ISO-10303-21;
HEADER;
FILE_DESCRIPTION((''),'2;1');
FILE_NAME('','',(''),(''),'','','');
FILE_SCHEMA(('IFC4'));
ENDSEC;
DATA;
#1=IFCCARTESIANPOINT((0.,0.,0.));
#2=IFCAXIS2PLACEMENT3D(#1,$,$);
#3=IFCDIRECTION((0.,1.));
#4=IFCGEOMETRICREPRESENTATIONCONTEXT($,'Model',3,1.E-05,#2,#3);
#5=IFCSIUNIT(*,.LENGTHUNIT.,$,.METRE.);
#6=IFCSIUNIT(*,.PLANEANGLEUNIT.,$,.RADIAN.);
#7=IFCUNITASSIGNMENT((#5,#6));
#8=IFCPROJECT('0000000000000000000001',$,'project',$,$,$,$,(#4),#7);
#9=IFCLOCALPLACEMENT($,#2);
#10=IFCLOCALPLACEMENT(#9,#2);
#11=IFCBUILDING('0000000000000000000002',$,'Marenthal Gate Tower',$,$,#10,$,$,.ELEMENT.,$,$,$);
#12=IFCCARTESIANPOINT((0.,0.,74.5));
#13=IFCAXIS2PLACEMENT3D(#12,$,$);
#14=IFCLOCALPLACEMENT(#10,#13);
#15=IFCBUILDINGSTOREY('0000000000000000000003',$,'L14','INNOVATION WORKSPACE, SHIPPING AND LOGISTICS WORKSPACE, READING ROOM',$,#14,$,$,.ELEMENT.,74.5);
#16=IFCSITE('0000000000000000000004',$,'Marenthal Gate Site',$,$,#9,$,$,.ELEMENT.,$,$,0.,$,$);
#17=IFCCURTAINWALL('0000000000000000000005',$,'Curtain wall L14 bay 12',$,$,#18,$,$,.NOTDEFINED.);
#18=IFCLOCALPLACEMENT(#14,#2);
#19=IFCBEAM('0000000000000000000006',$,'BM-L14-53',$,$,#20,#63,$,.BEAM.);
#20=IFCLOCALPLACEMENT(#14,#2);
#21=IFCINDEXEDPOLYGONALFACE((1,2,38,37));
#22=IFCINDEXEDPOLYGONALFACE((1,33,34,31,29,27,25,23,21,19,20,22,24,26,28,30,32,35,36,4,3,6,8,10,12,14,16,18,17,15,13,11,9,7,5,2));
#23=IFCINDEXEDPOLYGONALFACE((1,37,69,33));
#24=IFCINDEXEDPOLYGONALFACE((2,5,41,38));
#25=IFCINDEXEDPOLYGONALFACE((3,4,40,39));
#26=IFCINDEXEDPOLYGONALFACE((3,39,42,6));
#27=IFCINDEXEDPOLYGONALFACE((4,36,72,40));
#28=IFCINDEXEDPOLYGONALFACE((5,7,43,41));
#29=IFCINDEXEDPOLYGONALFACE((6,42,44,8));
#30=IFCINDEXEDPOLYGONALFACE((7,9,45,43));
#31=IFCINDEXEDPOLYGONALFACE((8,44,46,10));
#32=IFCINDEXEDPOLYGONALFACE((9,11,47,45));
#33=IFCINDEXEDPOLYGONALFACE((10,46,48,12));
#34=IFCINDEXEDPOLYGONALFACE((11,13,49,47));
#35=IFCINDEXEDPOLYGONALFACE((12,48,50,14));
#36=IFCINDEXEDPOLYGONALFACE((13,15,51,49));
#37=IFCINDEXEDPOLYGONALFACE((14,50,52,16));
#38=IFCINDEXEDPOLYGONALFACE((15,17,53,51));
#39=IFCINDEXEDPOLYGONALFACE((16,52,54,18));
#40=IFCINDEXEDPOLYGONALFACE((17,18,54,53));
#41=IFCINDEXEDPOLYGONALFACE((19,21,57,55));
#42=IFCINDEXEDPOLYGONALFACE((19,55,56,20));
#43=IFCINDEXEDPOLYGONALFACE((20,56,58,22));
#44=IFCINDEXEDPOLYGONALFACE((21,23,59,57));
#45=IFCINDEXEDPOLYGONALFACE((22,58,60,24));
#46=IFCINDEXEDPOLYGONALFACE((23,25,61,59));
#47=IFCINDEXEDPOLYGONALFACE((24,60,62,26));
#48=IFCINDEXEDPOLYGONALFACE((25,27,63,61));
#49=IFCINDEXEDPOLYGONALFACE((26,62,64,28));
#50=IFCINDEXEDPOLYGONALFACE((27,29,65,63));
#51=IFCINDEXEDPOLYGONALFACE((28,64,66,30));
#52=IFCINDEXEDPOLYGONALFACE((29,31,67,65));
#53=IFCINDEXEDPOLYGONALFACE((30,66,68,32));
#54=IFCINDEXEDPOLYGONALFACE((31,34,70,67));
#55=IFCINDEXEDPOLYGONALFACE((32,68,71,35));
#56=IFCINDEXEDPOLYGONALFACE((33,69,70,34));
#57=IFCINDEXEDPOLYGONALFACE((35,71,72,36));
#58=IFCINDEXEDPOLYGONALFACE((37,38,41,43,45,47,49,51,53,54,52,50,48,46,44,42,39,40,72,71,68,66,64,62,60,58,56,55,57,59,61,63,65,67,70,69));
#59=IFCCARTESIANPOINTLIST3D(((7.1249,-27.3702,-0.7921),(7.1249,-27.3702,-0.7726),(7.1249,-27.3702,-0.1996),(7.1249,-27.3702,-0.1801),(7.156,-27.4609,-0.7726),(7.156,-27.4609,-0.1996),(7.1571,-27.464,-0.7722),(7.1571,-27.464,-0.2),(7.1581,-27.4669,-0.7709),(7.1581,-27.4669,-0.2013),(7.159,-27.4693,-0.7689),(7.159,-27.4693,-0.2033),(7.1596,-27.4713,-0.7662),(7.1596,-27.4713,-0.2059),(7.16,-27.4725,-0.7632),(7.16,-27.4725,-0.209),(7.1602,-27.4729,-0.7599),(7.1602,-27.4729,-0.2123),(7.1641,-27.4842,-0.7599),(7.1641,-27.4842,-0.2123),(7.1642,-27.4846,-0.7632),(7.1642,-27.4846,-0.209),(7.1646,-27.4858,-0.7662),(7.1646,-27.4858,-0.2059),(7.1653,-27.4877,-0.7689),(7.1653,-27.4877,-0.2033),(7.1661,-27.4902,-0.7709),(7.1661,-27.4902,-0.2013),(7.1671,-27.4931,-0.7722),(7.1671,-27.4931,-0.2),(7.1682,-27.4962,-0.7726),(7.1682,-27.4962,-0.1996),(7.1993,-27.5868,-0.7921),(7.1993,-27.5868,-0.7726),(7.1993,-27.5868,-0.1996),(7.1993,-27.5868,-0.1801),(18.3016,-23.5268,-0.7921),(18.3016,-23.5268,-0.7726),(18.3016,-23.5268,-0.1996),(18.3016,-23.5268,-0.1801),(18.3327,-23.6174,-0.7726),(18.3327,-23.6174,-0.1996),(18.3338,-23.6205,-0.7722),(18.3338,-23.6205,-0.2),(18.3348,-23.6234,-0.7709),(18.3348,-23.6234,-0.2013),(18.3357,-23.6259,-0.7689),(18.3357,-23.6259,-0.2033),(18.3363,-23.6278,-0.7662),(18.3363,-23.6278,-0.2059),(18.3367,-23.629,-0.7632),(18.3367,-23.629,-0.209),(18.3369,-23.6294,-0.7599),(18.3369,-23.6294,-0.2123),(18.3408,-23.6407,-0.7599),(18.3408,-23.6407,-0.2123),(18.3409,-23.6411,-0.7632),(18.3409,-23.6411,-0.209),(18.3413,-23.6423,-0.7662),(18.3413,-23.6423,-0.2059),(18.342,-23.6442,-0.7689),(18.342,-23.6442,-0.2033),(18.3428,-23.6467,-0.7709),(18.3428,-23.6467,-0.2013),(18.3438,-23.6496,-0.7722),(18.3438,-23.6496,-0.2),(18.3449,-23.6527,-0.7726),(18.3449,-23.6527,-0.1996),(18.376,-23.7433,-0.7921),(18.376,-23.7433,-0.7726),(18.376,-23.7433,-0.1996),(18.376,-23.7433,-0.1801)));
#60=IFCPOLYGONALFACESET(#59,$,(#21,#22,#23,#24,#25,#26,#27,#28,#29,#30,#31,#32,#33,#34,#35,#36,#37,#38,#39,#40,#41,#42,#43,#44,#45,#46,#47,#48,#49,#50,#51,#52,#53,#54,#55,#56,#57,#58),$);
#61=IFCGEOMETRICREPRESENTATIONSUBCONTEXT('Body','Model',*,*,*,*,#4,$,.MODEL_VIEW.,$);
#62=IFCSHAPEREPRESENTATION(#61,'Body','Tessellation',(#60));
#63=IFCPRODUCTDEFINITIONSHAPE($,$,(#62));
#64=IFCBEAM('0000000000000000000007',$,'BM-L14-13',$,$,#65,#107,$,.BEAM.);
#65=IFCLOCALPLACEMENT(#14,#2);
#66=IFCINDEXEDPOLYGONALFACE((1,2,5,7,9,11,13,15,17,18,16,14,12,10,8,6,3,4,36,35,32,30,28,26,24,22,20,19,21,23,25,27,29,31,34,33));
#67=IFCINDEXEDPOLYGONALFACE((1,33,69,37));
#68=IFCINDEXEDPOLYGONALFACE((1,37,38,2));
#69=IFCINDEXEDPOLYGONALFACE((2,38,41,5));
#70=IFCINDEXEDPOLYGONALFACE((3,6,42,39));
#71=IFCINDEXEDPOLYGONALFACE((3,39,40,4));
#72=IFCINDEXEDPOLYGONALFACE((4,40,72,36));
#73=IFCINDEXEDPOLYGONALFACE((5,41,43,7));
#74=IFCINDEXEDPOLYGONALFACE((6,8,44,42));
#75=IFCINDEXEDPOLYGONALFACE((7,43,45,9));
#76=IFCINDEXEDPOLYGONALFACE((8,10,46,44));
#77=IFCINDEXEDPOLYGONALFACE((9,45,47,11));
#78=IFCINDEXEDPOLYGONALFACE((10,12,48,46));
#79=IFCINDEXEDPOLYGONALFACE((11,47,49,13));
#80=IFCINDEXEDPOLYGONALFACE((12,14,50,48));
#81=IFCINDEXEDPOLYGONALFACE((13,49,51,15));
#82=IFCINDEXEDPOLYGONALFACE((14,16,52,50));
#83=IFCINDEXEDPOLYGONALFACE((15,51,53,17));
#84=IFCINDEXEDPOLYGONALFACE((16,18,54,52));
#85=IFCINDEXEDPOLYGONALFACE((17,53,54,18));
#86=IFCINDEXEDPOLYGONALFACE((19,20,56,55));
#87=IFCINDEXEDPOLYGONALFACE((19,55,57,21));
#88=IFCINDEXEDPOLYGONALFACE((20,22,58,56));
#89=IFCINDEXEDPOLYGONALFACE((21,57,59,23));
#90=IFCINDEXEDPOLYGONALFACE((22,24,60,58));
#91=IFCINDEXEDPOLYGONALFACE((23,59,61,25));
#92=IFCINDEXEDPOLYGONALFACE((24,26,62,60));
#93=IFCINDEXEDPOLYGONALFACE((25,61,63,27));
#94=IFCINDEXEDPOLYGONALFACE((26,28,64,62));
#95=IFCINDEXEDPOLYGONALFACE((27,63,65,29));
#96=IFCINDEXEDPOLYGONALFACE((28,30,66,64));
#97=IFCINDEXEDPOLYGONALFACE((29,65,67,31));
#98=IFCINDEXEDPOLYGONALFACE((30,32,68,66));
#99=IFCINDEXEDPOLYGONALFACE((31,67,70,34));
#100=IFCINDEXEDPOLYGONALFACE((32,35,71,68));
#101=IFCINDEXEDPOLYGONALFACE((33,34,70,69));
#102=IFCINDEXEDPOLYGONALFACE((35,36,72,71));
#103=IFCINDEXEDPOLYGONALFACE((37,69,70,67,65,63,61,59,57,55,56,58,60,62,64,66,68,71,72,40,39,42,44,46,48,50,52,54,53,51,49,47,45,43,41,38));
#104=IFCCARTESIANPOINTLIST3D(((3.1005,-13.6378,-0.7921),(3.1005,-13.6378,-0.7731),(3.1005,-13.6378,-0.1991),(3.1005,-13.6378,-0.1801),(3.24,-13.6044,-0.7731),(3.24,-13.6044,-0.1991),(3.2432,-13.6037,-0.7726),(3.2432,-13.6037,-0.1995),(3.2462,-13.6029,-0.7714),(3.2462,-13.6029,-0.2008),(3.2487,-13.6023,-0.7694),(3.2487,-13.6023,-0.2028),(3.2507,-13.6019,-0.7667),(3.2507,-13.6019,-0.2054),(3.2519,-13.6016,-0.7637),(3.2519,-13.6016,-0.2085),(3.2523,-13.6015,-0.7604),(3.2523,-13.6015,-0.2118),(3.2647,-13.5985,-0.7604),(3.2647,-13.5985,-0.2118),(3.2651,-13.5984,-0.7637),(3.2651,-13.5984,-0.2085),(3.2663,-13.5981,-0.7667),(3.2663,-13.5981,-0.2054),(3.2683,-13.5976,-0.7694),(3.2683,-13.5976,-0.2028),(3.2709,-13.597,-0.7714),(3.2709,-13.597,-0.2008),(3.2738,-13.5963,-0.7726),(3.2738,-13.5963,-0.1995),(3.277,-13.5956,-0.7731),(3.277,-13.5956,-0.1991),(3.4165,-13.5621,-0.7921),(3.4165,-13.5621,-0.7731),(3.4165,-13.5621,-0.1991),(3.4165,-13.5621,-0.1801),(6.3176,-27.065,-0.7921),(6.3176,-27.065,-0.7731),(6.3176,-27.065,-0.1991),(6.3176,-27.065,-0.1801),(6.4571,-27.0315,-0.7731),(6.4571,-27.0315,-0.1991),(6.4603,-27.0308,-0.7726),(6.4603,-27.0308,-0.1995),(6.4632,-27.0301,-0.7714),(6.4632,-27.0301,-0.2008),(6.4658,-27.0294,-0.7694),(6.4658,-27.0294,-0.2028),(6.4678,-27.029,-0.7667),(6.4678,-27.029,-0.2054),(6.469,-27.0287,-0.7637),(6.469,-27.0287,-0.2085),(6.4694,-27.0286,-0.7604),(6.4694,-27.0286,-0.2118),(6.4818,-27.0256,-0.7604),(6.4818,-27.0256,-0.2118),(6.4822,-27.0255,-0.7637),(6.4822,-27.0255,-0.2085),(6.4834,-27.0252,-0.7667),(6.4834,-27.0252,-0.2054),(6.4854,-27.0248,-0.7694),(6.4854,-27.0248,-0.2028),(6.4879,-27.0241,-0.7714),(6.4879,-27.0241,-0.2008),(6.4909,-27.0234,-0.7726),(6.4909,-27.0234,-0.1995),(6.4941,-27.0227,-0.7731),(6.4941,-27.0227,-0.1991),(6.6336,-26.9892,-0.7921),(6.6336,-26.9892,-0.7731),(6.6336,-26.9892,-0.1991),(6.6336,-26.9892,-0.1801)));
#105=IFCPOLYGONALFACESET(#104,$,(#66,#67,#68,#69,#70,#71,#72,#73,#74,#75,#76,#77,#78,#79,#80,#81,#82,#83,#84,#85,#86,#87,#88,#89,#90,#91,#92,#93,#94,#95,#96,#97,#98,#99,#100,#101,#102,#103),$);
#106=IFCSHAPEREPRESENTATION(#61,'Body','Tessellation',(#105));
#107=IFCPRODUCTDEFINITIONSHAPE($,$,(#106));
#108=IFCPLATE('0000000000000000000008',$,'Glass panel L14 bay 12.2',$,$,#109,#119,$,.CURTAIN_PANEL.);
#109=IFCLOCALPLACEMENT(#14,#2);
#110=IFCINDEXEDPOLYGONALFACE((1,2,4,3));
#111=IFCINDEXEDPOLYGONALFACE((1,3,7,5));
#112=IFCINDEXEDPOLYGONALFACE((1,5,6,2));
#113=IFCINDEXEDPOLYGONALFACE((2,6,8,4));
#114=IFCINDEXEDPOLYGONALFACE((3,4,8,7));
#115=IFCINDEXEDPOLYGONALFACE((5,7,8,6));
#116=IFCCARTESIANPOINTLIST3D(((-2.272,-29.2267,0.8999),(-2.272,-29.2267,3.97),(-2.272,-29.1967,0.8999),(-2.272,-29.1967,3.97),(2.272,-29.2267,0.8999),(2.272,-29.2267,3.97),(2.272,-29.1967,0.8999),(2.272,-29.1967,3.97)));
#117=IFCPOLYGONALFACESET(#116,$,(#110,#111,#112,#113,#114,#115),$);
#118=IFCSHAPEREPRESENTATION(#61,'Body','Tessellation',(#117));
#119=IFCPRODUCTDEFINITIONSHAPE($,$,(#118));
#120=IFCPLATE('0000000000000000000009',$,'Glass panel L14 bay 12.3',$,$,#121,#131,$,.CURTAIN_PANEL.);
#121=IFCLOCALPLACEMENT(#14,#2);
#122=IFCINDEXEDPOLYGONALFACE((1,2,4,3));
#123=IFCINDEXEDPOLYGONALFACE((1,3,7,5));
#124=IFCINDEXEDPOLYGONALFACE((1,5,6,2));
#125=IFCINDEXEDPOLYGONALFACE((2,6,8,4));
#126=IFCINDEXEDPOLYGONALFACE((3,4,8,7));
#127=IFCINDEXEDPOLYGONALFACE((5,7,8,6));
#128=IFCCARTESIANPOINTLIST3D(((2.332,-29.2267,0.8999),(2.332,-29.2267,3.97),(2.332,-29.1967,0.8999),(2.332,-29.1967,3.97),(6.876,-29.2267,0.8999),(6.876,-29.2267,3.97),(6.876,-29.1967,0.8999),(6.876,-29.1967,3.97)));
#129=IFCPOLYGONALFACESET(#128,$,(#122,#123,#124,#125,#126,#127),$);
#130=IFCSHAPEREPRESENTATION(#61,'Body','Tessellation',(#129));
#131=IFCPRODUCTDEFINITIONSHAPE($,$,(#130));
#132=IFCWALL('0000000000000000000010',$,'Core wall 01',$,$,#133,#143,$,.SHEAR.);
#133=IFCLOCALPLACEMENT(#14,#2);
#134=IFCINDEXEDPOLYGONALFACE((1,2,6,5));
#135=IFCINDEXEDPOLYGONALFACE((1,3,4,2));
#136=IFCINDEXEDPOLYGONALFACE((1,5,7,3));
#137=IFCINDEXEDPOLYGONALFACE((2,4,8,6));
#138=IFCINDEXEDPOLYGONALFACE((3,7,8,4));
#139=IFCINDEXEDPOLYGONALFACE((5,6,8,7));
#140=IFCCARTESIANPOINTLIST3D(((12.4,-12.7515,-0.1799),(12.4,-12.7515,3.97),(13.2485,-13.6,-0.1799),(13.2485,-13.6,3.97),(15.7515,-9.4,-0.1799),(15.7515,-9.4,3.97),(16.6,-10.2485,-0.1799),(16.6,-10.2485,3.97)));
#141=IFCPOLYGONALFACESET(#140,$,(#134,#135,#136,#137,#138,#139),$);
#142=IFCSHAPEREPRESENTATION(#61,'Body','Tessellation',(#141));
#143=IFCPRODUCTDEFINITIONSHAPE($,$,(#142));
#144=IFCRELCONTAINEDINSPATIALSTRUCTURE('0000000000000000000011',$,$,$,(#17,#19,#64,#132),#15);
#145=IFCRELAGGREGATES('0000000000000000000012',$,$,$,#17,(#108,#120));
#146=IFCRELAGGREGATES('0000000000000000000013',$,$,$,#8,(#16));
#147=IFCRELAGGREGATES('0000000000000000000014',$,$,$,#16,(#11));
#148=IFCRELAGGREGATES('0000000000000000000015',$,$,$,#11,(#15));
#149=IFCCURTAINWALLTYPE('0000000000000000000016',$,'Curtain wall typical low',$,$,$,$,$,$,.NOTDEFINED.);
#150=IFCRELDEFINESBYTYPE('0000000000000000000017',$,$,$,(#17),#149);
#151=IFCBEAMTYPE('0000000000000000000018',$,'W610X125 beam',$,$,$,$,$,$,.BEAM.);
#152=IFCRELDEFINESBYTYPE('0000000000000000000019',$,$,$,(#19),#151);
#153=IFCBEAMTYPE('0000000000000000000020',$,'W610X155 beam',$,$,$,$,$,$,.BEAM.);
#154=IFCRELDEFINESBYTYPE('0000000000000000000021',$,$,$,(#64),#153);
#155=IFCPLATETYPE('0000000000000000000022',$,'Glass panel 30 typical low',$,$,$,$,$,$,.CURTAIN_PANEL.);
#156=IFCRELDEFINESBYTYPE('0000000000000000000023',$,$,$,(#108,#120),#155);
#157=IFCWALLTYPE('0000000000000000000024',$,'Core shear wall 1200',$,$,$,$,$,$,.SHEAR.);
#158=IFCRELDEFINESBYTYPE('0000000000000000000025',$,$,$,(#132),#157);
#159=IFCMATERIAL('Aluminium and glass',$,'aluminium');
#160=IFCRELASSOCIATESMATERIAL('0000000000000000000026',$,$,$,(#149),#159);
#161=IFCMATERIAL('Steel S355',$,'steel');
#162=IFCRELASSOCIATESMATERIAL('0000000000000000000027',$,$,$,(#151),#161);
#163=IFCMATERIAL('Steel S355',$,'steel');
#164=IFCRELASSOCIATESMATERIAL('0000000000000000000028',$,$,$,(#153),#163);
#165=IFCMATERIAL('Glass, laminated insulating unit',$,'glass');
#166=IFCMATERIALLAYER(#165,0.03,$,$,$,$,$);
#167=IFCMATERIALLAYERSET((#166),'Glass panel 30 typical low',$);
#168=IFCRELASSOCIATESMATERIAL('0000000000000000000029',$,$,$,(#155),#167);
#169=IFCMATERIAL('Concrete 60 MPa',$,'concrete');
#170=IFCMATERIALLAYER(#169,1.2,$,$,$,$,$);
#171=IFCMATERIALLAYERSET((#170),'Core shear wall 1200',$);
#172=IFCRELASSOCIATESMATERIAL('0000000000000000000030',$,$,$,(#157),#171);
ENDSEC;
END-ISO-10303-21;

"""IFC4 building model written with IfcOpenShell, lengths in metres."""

from ifc_helpers import new_model, si_unit, direction, frame, frame_2d, origin, origin_2d, place, context, subcontext, project, spatial, rectangle, i_section, extrude, material, layer, layer_set, material_profile, profile_set, type_object, element, aggregate, save


model = new_model("IFC4")

# Units and contexts
model_context = context("Model", 3, precision=1e-05, world=origin(), true_north=direction((0.0, 1.0)))
body_context = subcontext(model_context, "Body", "Model", "MODEL_VIEW")
ifc_project = project(units=[si_unit("LENGTHUNIT", "METRE"), si_unit("PLANEANGLEUNIT", "RADIAN")], contexts=[model_context])

# Site, building, storey
site_placement = place(None, origin())
site = spatial("IfcSite", under=ifc_project, at=site_placement, Name="Marenthal Gate Site", CompositionType="ELEMENT", RefElevation=0.0)
building_placement = place(site_placement, origin())
building = spatial("IfcBuilding", under=site, at=building_placement, Name="Marenthal Gate Tower", CompositionType="ELEMENT")
storey_placement = place(building_placement, frame((0.0, 0.0, 74.5)))
storey = spatial("IfcBuildingStorey", under=building, at=storey_placement, Name="L14", Description="INNOVATION WORKSPACE, SHIPPING AND LOGISTICS WORKSPACE, READING ROOM", CompositionType="ELEMENT", Elevation=74.5)

# Curtain wall
ifc_material_1 = material(Name="Aluminium and glass", Category="aluminium")
curtain_wall_type = type_object("IfcCurtainWallType", Name="Curtain wall typical low", PredefinedType="NOTDEFINED", material=ifc_material_1)
curtain_wall_placement = place(storey_placement, origin())
curtain_wall = element("IfcCurtainWall", 1, at=curtain_wall_placement, inside=storey, type_object=curtain_wall_type, Name="Curtain wall L14 bay 12", PredefinedType="NOTDEFINED")

# Beams
ifc_material_2 = material(Name="Steel S355", Category="steel")
ifc_material_profile_1 = material_profile(ifc_material_2, i_section(OverallWidth=0.229, OverallDepth=0.6121, WebThickness=0.012, FlangeThickness=0.0195, FilletRadius=0.0127, at=origin_2d()), Name="W610X125")
ifc_profile_set_1 = profile_set([ifc_material_profile_1], Name="Steel S355")
beam_type_1 = type_object("IfcBeamType", Name="W610X125 beam", PredefinedType="BEAM", material=ifc_profile_set_1)
beam_1_placement = place(storey_placement, frame((7.1621, -27.4785, -0.4861), z_axis=(0.945648, 0.325193, 0.0), x_axis=(-0.325193, 0.945648, 0.0)))
element("IfcBeam", 2, at=beam_1_placement, inside=storey, type_object=beam_type_1, Name="BM-L14-53", PredefinedType="BEAM", context=body_context, shape_type="SweptSolid", body=[
    extrude(i_section(OverallWidth=0.229, OverallDepth=0.6121, WebThickness=0.012, FlangeThickness=0.0195, FilletRadius=0.0127, at=origin_2d()), origin(), (0.0, 0.0, 1.0), 11.8191),
])
ifc_material_3 = material(Name="Steel S355", Category="steel")
ifc_material_profile_2 = material_profile(ifc_material_3, i_section(OverallWidth=0.325, OverallDepth=0.6121, WebThickness=0.0127, FlangeThickness=0.019, FilletRadius=0.0127, at=origin_2d()), Name="W610X155")
ifc_profile_set_2 = profile_set([ifc_material_profile_2], Name="Steel S355")
beam_type_2 = type_object("IfcBeamType", Name="W610X155 beam", PredefinedType="BEAM", material=ifc_profile_set_2)
beam_2_placement = place(storey_placement, frame((6.4756, -27.0271, -0.4861), z_axis=(-0.233, 0.972477, 0.0), x_axis=(-0.972477, -0.233, 0.0)))
element("IfcBeam", 3, at=beam_2_placement, inside=storey, type_object=beam_type_2, Name="BM-L14-13", PredefinedType="BEAM", context=body_context, shape_type="SweptSolid", body=[
    extrude(i_section(OverallWidth=0.325, OverallDepth=0.6121, WebThickness=0.0127, FlangeThickness=0.019, FilletRadius=0.0127, at=origin_2d()), origin(), (0.0, 0.0, 1.0), 13.8071),
])

# Plates
ifc_material_4 = material(Name="Glass, laminated insulating unit", Category="glass")
ifc_layer_1 = layer(ifc_material_4, 0.03)
ifc_layer_set_1 = layer_set([ifc_layer_1], Name="Glass panel 30 typical low")
plate_type = type_object("IfcPlateType", Name="Glass panel 30 typical low", PredefinedType="CURTAIN_PANEL", material=ifc_layer_set_1)
plate_1_placement = place(storey_placement, frame((0.0, -29.2117, 0.8999), z_axis=(0.0, 0.0, 1.0), x_axis=(1.0, 0.0, 0.0)))
plate_1 = element("IfcPlate", 4, at=plate_1_placement, type_object=plate_type, Name="Glass panel L14 bay 12.2", PredefinedType="CURTAIN_PANEL", context=body_context, shape_type="SweptSolid", body=[
    extrude(rectangle(XDim=4.5439, YDim=0.03, at=origin_2d()), origin(), (0.0, 0.0, 1.0), 3.0701),
])
plate_2_placement = place(storey_placement, frame((4.604, -29.2117, 0.8999), z_axis=(0.0, 0.0, 1.0), x_axis=(1.0, 0.0, 0.0)))
plate_2 = element("IfcPlate", 5, at=plate_2_placement, type_object=plate_type, Name="Glass panel L14 bay 12.3", PredefinedType="CURTAIN_PANEL", context=body_context, shape_type="SweptSolid", body=[
    extrude(rectangle(XDim=4.5439, YDim=0.03, at=origin_2d()), origin(), (0.0, 0.0, 1.0), 3.0701),
])
aggregate(curtain_wall, [plate_1, plate_2])

# Wall
ifc_material_5 = material(Name="Concrete 60 MPa", Category="concrete")
ifc_layer_2 = layer(ifc_material_5, 1.2)
ifc_layer_set_2 = layer_set([ifc_layer_2], Name="Core shear wall 1200")
wall_type_1 = type_object("IfcWallType", Name="Core shear wall 1200", PredefinedType="SHEAR", material=ifc_layer_set_2)
wall_1_placement = place(storey_placement, frame((12.8242, -13.1758, -0.1799), z_axis=(0.0, 0.0, 1.0), x_axis=(0.707107, 0.707107, 0.0)))
element("IfcWall", 6, at=wall_1_placement, inside=storey, type_object=wall_type_1, Name="Core wall 01", PredefinedType="SHEAR", context=body_context, shape_type="SweptSolid", body=[
    extrude(rectangle(XDim=4.7397, YDim=1.2, at=frame_2d((2.3699, 0.0))), origin(), (0.0, 0.0, 1.0), 4.1499),
])

save(model, "model.ifc")
